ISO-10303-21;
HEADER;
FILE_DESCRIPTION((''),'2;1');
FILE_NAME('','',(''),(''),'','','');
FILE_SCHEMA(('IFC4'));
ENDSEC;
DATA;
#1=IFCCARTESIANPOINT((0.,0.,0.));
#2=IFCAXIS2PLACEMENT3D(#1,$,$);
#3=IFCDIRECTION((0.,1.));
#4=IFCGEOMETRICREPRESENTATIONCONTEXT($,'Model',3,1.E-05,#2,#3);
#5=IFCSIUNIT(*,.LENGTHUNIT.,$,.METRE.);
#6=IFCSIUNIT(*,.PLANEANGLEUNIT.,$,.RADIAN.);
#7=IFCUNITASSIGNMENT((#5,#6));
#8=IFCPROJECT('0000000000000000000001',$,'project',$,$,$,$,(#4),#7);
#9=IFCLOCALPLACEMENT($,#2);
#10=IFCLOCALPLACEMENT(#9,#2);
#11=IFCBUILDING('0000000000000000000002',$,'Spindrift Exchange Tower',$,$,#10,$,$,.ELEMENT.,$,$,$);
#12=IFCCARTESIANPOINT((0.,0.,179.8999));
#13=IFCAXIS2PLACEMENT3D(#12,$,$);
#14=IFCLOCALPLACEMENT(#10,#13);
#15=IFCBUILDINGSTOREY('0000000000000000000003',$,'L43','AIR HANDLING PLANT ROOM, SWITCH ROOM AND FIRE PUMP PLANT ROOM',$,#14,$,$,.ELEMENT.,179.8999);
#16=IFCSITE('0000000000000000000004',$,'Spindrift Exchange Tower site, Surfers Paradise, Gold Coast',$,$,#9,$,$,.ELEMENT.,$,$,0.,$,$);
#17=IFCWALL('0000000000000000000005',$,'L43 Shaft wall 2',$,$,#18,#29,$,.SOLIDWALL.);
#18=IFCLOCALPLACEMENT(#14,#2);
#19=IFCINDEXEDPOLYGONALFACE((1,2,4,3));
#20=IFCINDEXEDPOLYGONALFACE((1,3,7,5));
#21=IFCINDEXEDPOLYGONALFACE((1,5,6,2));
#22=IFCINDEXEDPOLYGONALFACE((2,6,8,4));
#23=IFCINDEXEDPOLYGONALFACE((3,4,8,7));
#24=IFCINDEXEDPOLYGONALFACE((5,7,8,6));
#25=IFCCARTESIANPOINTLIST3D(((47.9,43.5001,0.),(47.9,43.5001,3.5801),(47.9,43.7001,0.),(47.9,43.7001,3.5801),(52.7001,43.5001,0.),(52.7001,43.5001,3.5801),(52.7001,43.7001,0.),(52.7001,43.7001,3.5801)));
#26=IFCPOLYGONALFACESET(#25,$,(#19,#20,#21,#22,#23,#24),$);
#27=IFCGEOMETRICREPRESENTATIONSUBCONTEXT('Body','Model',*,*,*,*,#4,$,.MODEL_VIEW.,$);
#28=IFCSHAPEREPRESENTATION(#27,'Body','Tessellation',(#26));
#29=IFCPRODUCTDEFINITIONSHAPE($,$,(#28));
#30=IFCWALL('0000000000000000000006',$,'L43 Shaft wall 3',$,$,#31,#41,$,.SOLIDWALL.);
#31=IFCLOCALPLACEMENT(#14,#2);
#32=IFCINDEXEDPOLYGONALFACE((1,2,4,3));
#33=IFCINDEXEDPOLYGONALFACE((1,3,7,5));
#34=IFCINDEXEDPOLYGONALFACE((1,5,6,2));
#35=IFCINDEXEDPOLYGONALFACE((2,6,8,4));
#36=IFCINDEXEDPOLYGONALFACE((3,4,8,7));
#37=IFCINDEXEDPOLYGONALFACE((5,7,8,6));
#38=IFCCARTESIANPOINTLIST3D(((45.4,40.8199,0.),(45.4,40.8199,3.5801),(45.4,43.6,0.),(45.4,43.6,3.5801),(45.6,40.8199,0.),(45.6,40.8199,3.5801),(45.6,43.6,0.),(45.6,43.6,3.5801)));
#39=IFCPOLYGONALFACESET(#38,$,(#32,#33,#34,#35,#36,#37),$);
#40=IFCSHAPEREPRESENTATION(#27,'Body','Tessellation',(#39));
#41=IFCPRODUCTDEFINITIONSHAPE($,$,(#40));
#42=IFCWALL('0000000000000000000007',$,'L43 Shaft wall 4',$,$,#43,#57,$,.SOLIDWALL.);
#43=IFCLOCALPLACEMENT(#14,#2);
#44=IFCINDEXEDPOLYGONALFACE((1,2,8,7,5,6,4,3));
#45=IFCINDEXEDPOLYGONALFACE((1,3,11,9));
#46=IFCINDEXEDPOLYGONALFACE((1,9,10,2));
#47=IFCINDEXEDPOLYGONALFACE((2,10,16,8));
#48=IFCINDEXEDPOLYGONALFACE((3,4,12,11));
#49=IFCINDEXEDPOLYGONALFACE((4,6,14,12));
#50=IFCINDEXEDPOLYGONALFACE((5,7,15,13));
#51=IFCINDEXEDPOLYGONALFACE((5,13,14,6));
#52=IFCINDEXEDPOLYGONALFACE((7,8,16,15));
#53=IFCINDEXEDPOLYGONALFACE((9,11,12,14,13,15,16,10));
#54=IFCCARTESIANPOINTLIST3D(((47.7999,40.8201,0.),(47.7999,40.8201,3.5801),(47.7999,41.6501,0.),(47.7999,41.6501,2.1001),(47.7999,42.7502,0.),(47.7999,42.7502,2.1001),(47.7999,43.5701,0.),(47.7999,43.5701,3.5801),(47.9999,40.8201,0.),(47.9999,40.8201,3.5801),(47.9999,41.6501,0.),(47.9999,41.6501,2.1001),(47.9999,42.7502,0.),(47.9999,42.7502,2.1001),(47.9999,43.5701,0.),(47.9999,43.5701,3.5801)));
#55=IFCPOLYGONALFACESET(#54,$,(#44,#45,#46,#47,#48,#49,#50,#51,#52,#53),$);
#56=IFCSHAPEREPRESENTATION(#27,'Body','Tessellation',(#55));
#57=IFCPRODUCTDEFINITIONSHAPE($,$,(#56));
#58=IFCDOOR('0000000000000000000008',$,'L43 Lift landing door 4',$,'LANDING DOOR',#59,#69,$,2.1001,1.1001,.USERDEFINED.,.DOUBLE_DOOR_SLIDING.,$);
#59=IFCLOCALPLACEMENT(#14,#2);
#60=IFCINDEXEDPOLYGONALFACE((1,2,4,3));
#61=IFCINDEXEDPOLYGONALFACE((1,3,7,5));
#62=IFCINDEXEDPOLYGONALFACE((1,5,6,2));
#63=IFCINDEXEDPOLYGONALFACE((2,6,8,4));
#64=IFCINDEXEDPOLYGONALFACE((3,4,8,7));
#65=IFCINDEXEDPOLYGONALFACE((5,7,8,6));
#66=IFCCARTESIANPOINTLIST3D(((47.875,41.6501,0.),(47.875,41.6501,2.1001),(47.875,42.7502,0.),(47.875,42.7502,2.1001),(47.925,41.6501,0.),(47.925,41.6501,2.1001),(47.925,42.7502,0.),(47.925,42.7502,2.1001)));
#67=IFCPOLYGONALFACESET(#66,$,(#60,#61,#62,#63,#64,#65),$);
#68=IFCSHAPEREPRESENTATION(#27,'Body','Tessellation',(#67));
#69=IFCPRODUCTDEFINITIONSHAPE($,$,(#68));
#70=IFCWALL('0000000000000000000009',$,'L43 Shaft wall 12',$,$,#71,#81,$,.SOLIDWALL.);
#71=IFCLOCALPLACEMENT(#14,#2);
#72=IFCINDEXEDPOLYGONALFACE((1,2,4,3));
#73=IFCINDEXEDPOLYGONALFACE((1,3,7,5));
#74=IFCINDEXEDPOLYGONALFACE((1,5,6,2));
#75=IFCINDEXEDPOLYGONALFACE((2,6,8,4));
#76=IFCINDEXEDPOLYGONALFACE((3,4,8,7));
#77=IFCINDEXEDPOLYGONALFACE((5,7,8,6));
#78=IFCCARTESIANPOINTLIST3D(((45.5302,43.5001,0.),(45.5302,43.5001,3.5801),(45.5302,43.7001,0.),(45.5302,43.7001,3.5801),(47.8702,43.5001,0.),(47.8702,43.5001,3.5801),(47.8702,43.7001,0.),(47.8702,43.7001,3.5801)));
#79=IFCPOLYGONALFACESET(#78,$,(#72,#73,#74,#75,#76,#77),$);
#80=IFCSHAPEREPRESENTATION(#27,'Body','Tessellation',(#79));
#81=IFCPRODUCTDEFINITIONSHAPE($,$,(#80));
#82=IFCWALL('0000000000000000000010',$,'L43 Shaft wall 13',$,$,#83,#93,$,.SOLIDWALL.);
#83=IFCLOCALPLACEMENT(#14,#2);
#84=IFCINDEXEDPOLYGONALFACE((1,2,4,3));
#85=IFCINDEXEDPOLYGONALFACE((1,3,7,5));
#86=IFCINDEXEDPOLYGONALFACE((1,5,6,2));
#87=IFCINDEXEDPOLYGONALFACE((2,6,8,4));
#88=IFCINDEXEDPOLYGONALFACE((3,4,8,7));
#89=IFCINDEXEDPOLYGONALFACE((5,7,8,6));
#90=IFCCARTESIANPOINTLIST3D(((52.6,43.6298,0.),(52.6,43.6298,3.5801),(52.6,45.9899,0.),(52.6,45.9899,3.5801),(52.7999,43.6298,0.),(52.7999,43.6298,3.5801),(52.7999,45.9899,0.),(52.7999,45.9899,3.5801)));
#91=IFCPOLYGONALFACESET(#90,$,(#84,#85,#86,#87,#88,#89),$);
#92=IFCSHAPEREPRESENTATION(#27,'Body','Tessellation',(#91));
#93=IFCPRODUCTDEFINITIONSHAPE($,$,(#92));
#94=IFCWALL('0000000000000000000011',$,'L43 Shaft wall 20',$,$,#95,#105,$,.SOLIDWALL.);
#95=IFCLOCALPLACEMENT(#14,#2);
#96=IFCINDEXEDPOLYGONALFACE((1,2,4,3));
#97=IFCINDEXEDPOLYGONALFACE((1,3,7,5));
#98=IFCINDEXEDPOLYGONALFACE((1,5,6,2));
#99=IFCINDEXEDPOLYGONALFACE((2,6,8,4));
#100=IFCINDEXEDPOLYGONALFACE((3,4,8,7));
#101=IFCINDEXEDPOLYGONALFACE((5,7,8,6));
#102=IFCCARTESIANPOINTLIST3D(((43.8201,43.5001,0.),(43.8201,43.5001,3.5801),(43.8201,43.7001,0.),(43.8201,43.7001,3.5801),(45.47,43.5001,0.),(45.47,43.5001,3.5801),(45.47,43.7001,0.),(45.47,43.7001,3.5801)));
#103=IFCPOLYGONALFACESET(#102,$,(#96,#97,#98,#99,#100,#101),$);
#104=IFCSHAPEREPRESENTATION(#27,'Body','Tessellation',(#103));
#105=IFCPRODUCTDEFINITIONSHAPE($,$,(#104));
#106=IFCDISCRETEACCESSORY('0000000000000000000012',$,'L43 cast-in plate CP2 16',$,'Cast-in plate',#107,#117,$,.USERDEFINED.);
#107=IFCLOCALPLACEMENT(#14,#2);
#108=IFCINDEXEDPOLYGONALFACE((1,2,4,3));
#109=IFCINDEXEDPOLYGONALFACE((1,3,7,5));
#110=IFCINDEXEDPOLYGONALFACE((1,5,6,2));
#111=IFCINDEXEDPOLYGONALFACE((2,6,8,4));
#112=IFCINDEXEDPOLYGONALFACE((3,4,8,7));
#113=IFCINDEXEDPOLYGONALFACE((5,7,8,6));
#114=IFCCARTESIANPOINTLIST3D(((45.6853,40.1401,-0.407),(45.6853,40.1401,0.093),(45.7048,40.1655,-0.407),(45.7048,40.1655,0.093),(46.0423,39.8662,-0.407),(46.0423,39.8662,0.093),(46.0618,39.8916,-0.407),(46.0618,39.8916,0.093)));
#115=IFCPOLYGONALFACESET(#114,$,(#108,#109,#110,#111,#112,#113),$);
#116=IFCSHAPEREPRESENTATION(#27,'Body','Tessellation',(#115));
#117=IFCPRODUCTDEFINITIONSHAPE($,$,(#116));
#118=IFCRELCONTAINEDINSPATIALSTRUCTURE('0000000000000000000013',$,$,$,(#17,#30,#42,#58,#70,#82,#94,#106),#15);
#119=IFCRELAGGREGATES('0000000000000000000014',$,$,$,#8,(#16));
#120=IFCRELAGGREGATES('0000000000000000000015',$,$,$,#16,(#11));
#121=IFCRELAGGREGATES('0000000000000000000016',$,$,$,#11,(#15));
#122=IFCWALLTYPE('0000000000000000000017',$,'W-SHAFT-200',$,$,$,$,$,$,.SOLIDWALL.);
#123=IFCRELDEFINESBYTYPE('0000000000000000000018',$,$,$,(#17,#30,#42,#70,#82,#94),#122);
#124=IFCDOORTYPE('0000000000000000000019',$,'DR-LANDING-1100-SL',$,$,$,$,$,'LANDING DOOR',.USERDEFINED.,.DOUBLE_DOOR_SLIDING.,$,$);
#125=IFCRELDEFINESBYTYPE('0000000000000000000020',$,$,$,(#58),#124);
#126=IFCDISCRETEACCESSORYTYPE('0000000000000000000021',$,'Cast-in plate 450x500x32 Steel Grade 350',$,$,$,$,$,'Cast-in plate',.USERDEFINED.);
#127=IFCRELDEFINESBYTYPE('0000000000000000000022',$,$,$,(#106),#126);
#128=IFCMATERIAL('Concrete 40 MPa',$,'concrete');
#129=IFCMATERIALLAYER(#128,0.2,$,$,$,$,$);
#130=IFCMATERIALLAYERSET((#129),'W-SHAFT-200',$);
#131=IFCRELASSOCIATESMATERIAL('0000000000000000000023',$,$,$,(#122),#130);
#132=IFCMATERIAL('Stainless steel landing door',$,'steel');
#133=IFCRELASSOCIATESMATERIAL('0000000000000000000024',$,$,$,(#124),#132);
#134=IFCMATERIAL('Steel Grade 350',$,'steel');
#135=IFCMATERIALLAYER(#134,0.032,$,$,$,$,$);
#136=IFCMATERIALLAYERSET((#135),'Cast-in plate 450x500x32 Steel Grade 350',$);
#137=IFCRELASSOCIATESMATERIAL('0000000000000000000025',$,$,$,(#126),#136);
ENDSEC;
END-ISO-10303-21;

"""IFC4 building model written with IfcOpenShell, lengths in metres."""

from ifc_helpers import new_model, si_unit, direction, frame, frame_2d, origin, origin_2d, place, context, subcontext, project, spatial, rectangle, extrude, source, transform, mapped, material, layer, layer_set, type_object, element, fill, save


model = new_model("IFC4")

# Units and contexts
model_context = context("Model", 3, precision=1e-05, world=origin(), true_north=direction((0.0, 1.0)))
body_context = subcontext(model_context, "Body", "Model", "MODEL_VIEW")
ifc_project = project(units=[si_unit("LENGTHUNIT", "METRE"), si_unit("PLANEANGLEUNIT", "RADIAN")], contexts=[model_context])

# Site, building, storey
site_placement = place(None, origin())
site = spatial("IfcSite", under=ifc_project, at=site_placement, Name="Spindrift Exchange Tower site, Surfers Paradise, Gold Coast", CompositionType="ELEMENT", RefElevation=0.0)
building_placement = place(site_placement, origin())
building = spatial("IfcBuilding", under=site, at=building_placement, Name="Spindrift Exchange Tower", CompositionType="ELEMENT")
storey_placement = place(building_placement, frame((0.0, 0.0, 179.8999)))
storey = spatial("IfcBuildingStorey", under=building, at=storey_placement, Name="L43", Description="AIR HANDLING PLANT ROOM, SWITCH ROOM AND FIRE PUMP PLANT ROOM", CompositionType="ELEMENT", Elevation=179.8999)

# Walls
ifc_material_1 = material(Name="Concrete 40 MPa", Category="concrete")
ifc_layer_1 = layer(ifc_material_1, 0.2)
ifc_layer_set_1 = layer_set([ifc_layer_1], Name="W-SHAFT-200")
wall_type_1 = type_object("IfcWallType", Name="W-SHAFT-200", PredefinedType="SOLIDWALL", material=ifc_layer_set_1)
wall_1_placement = place(storey_placement, frame((52.7, 43.6001, 0.0), z_axis=(0.0, 0.0, 1.0), x_axis=(-1.0, 0.0, 0.0)))
element("IfcWall", 1, at=wall_1_placement, inside=storey, type_object=wall_type_1, Name="L43 Shaft wall 2", PredefinedType="SOLIDWALL", context=body_context, shape_type="SweptSolid", body=[
    extrude(rectangle(XDim=4.8, YDim=0.2, at=frame_2d((2.3999, 0.0))), origin(), (0.0, 0.0, 1.0), 3.5801),
])
wall_2_placement = place(storey_placement, frame((45.5, 43.6001, 0.0), z_axis=(0.0, 0.0, 1.0), x_axis=(0.0, -1.0, 0.0)))
element("IfcWall", 2, at=wall_2_placement, inside=storey, type_object=wall_type_1, Name="L43 Shaft wall 3", PredefinedType="SOLIDWALL", context=body_context, shape_type="SweptSolid", body=[
    extrude(rectangle(XDim=2.78, YDim=0.2, at=frame_2d((1.3901, 0.0))), origin(), (0.0, 0.0, 1.0), 3.5801),
])

# Wall, opening, door
wall_3_placement = place(storey_placement, frame((47.8999, 40.8201, 0.0), z_axis=(0.0, 0.0, 1.0), x_axis=(0.0, 1.0, 0.0)))
wall_3 = element("IfcWall", 3, at=wall_3_placement, inside=storey, type_object=wall_type_1, Name="L43 Shaft wall 4", PredefinedType="SOLIDWALL", context=body_context, shape_type="SweptSolid", body=[
    extrude(rectangle(XDim=2.75, YDim=0.2, at=frame_2d((1.375, 0.0))), origin(), (0.0, 0.0, 1.0), 3.5801),
])
opening_1_placement = place(wall_3_placement, frame((0.8301, 0.0, 0.0)))
opening_1 = element("IfcOpeningElement", 4, at=opening_1_placement, cuts=wall_3, PredefinedType="OPENING", context=body_context, shape_type="SweptSolid", body=[
    extrude(rectangle(XDim=1.1001, YDim=2.1001, at=frame_2d((0.55, 1.05))), frame((0.0, 0.1099, 0.0), z_axis=(0.0, -1.0, 0.0), x_axis=(1.0, 0.0, 0.0)), (0.0, 0.0, 1.0), 0.22),
])
ifc_material_2 = material(Name="Stainless steel landing door", Category="steel")
door_type_1 = type_object("IfcDoorType", Name="DR-LANDING-1100-SL", ElementType="LANDING DOOR", OperationType="DOUBLE_DOOR_SLIDING", PredefinedType="USERDEFINED", material=ifc_material_2)
shared_shape_1 = source(origin(), body_context, "Body", "SweptSolid", [
    extrude(rectangle(XDim=1.1001, YDim=2.1001, at=frame_2d((0.55, 1.05))), frame((0.0, 0.0249, 0.0), z_axis=(0.0, -1.0, 0.0), x_axis=(1.0, 0.0, 0.0)), (0.0, 0.0, 1.0), 0.05),
])
door_1_placement = place(opening_1_placement, origin())
door_1 = element("IfcDoor", 5, at=door_1_placement, inside=storey, type_object=door_type_1, Name="L43 Lift landing door 4", ObjectType="LANDING DOOR", OperationType="DOUBLE_DOOR_SLIDING", OverallHeight=2.1001, OverallWidth=1.1001, PredefinedType="USERDEFINED", context=body_context, shape_type="MappedRepresentation", body=[
    mapped(shared_shape_1, transform((0.0, 0.0, 0.0), scale=1.0)),
])
fill(opening_1, door_1)

# Walls
wall_4_placement = place(storey_placement, frame((47.8701, 43.6001, 0.0), z_axis=(0.0, 0.0, 1.0), x_axis=(-1.0, 0.0, 0.0)))
element("IfcWall", 6, at=wall_4_placement, inside=storey, type_object=wall_type_1, Name="L43 Shaft wall 12", PredefinedType="SOLIDWALL", context=body_context, shape_type="SweptSolid", body=[
    extrude(rectangle(XDim=2.3401, YDim=0.2, at=frame_2d((1.1699, 0.0))), origin(), (0.0, 0.0, 1.0), 3.5801),
])
wall_5_placement = place(storey_placement, frame((52.7, 45.99, 0.0), z_axis=(0.0, 0.0, 1.0), x_axis=(0.0, -1.0, 0.0)))
element("IfcWall", 7, at=wall_5_placement, inside=storey, type_object=wall_type_1, Name="L43 Shaft wall 13", PredefinedType="SOLIDWALL", context=body_context, shape_type="SweptSolid", body=[
    extrude(rectangle(XDim=2.3601, YDim=0.2, at=frame_2d((1.1802, 0.0))), origin(), (0.0, 0.0, 1.0), 3.5801),
])
wall_6_placement = place(storey_placement, frame((45.47, 43.6001, 0.0), z_axis=(0.0, 0.0, 1.0), x_axis=(-1.0, 0.0, 0.0)))
element("IfcWall", 8, at=wall_6_placement, inside=storey, type_object=wall_type_1, Name="L43 Shaft wall 20", PredefinedType="SOLIDWALL", context=body_context, shape_type="SweptSolid", body=[
    extrude(rectangle(XDim=1.6499, YDim=0.2, at=frame_2d((0.825, 0.0))), origin(), (0.0, 0.0, 1.0), 3.5801),
])

# Discrete accessory
ifc_material_3 = material(Name="Steel Grade 350", Category="steel")
ifc_layer_2 = layer(ifc_material_3, 0.032)
ifc_layer_set_2 = layer_set([ifc_layer_2], Name="Cast-in plate 450x500x32 Steel Grade 350")
discrete_accessory_type = type_object("IfcDiscreteAccessoryType", Name="Cast-in plate 450x500x32 Steel Grade 350", ElementType="Cast-in plate", PredefinedType="USERDEFINED", material=ifc_layer_set_2)
shared_shape_2 = source(origin(), body_context, "Body", "SweptSolid", [
    extrude(rectangle(XDim=0.032, YDim=0.45, at=origin_2d()), origin(), (0.0, 0.0, 1.0), 0.5),
])
discrete_accessory_placement = place(storey_placement, frame((45.8735, 40.0159, -0.407), z_axis=(0.0, 0.0, 1.0), x_axis=(-0.608761, -0.793353, 0.0)))
element("IfcDiscreteAccessory", 9, at=discrete_accessory_placement, inside=storey, type_object=discrete_accessory_type, Name="L43 cast-in plate CP2 16", ObjectType="Cast-in plate", PredefinedType="USERDEFINED", context=body_context, shape_type="MappedRepresentation", body=[
    mapped(shared_shape_2, transform((0.0, 0.0, 0.0), scale=1.0)),
])

save(model, "model.ifc")
